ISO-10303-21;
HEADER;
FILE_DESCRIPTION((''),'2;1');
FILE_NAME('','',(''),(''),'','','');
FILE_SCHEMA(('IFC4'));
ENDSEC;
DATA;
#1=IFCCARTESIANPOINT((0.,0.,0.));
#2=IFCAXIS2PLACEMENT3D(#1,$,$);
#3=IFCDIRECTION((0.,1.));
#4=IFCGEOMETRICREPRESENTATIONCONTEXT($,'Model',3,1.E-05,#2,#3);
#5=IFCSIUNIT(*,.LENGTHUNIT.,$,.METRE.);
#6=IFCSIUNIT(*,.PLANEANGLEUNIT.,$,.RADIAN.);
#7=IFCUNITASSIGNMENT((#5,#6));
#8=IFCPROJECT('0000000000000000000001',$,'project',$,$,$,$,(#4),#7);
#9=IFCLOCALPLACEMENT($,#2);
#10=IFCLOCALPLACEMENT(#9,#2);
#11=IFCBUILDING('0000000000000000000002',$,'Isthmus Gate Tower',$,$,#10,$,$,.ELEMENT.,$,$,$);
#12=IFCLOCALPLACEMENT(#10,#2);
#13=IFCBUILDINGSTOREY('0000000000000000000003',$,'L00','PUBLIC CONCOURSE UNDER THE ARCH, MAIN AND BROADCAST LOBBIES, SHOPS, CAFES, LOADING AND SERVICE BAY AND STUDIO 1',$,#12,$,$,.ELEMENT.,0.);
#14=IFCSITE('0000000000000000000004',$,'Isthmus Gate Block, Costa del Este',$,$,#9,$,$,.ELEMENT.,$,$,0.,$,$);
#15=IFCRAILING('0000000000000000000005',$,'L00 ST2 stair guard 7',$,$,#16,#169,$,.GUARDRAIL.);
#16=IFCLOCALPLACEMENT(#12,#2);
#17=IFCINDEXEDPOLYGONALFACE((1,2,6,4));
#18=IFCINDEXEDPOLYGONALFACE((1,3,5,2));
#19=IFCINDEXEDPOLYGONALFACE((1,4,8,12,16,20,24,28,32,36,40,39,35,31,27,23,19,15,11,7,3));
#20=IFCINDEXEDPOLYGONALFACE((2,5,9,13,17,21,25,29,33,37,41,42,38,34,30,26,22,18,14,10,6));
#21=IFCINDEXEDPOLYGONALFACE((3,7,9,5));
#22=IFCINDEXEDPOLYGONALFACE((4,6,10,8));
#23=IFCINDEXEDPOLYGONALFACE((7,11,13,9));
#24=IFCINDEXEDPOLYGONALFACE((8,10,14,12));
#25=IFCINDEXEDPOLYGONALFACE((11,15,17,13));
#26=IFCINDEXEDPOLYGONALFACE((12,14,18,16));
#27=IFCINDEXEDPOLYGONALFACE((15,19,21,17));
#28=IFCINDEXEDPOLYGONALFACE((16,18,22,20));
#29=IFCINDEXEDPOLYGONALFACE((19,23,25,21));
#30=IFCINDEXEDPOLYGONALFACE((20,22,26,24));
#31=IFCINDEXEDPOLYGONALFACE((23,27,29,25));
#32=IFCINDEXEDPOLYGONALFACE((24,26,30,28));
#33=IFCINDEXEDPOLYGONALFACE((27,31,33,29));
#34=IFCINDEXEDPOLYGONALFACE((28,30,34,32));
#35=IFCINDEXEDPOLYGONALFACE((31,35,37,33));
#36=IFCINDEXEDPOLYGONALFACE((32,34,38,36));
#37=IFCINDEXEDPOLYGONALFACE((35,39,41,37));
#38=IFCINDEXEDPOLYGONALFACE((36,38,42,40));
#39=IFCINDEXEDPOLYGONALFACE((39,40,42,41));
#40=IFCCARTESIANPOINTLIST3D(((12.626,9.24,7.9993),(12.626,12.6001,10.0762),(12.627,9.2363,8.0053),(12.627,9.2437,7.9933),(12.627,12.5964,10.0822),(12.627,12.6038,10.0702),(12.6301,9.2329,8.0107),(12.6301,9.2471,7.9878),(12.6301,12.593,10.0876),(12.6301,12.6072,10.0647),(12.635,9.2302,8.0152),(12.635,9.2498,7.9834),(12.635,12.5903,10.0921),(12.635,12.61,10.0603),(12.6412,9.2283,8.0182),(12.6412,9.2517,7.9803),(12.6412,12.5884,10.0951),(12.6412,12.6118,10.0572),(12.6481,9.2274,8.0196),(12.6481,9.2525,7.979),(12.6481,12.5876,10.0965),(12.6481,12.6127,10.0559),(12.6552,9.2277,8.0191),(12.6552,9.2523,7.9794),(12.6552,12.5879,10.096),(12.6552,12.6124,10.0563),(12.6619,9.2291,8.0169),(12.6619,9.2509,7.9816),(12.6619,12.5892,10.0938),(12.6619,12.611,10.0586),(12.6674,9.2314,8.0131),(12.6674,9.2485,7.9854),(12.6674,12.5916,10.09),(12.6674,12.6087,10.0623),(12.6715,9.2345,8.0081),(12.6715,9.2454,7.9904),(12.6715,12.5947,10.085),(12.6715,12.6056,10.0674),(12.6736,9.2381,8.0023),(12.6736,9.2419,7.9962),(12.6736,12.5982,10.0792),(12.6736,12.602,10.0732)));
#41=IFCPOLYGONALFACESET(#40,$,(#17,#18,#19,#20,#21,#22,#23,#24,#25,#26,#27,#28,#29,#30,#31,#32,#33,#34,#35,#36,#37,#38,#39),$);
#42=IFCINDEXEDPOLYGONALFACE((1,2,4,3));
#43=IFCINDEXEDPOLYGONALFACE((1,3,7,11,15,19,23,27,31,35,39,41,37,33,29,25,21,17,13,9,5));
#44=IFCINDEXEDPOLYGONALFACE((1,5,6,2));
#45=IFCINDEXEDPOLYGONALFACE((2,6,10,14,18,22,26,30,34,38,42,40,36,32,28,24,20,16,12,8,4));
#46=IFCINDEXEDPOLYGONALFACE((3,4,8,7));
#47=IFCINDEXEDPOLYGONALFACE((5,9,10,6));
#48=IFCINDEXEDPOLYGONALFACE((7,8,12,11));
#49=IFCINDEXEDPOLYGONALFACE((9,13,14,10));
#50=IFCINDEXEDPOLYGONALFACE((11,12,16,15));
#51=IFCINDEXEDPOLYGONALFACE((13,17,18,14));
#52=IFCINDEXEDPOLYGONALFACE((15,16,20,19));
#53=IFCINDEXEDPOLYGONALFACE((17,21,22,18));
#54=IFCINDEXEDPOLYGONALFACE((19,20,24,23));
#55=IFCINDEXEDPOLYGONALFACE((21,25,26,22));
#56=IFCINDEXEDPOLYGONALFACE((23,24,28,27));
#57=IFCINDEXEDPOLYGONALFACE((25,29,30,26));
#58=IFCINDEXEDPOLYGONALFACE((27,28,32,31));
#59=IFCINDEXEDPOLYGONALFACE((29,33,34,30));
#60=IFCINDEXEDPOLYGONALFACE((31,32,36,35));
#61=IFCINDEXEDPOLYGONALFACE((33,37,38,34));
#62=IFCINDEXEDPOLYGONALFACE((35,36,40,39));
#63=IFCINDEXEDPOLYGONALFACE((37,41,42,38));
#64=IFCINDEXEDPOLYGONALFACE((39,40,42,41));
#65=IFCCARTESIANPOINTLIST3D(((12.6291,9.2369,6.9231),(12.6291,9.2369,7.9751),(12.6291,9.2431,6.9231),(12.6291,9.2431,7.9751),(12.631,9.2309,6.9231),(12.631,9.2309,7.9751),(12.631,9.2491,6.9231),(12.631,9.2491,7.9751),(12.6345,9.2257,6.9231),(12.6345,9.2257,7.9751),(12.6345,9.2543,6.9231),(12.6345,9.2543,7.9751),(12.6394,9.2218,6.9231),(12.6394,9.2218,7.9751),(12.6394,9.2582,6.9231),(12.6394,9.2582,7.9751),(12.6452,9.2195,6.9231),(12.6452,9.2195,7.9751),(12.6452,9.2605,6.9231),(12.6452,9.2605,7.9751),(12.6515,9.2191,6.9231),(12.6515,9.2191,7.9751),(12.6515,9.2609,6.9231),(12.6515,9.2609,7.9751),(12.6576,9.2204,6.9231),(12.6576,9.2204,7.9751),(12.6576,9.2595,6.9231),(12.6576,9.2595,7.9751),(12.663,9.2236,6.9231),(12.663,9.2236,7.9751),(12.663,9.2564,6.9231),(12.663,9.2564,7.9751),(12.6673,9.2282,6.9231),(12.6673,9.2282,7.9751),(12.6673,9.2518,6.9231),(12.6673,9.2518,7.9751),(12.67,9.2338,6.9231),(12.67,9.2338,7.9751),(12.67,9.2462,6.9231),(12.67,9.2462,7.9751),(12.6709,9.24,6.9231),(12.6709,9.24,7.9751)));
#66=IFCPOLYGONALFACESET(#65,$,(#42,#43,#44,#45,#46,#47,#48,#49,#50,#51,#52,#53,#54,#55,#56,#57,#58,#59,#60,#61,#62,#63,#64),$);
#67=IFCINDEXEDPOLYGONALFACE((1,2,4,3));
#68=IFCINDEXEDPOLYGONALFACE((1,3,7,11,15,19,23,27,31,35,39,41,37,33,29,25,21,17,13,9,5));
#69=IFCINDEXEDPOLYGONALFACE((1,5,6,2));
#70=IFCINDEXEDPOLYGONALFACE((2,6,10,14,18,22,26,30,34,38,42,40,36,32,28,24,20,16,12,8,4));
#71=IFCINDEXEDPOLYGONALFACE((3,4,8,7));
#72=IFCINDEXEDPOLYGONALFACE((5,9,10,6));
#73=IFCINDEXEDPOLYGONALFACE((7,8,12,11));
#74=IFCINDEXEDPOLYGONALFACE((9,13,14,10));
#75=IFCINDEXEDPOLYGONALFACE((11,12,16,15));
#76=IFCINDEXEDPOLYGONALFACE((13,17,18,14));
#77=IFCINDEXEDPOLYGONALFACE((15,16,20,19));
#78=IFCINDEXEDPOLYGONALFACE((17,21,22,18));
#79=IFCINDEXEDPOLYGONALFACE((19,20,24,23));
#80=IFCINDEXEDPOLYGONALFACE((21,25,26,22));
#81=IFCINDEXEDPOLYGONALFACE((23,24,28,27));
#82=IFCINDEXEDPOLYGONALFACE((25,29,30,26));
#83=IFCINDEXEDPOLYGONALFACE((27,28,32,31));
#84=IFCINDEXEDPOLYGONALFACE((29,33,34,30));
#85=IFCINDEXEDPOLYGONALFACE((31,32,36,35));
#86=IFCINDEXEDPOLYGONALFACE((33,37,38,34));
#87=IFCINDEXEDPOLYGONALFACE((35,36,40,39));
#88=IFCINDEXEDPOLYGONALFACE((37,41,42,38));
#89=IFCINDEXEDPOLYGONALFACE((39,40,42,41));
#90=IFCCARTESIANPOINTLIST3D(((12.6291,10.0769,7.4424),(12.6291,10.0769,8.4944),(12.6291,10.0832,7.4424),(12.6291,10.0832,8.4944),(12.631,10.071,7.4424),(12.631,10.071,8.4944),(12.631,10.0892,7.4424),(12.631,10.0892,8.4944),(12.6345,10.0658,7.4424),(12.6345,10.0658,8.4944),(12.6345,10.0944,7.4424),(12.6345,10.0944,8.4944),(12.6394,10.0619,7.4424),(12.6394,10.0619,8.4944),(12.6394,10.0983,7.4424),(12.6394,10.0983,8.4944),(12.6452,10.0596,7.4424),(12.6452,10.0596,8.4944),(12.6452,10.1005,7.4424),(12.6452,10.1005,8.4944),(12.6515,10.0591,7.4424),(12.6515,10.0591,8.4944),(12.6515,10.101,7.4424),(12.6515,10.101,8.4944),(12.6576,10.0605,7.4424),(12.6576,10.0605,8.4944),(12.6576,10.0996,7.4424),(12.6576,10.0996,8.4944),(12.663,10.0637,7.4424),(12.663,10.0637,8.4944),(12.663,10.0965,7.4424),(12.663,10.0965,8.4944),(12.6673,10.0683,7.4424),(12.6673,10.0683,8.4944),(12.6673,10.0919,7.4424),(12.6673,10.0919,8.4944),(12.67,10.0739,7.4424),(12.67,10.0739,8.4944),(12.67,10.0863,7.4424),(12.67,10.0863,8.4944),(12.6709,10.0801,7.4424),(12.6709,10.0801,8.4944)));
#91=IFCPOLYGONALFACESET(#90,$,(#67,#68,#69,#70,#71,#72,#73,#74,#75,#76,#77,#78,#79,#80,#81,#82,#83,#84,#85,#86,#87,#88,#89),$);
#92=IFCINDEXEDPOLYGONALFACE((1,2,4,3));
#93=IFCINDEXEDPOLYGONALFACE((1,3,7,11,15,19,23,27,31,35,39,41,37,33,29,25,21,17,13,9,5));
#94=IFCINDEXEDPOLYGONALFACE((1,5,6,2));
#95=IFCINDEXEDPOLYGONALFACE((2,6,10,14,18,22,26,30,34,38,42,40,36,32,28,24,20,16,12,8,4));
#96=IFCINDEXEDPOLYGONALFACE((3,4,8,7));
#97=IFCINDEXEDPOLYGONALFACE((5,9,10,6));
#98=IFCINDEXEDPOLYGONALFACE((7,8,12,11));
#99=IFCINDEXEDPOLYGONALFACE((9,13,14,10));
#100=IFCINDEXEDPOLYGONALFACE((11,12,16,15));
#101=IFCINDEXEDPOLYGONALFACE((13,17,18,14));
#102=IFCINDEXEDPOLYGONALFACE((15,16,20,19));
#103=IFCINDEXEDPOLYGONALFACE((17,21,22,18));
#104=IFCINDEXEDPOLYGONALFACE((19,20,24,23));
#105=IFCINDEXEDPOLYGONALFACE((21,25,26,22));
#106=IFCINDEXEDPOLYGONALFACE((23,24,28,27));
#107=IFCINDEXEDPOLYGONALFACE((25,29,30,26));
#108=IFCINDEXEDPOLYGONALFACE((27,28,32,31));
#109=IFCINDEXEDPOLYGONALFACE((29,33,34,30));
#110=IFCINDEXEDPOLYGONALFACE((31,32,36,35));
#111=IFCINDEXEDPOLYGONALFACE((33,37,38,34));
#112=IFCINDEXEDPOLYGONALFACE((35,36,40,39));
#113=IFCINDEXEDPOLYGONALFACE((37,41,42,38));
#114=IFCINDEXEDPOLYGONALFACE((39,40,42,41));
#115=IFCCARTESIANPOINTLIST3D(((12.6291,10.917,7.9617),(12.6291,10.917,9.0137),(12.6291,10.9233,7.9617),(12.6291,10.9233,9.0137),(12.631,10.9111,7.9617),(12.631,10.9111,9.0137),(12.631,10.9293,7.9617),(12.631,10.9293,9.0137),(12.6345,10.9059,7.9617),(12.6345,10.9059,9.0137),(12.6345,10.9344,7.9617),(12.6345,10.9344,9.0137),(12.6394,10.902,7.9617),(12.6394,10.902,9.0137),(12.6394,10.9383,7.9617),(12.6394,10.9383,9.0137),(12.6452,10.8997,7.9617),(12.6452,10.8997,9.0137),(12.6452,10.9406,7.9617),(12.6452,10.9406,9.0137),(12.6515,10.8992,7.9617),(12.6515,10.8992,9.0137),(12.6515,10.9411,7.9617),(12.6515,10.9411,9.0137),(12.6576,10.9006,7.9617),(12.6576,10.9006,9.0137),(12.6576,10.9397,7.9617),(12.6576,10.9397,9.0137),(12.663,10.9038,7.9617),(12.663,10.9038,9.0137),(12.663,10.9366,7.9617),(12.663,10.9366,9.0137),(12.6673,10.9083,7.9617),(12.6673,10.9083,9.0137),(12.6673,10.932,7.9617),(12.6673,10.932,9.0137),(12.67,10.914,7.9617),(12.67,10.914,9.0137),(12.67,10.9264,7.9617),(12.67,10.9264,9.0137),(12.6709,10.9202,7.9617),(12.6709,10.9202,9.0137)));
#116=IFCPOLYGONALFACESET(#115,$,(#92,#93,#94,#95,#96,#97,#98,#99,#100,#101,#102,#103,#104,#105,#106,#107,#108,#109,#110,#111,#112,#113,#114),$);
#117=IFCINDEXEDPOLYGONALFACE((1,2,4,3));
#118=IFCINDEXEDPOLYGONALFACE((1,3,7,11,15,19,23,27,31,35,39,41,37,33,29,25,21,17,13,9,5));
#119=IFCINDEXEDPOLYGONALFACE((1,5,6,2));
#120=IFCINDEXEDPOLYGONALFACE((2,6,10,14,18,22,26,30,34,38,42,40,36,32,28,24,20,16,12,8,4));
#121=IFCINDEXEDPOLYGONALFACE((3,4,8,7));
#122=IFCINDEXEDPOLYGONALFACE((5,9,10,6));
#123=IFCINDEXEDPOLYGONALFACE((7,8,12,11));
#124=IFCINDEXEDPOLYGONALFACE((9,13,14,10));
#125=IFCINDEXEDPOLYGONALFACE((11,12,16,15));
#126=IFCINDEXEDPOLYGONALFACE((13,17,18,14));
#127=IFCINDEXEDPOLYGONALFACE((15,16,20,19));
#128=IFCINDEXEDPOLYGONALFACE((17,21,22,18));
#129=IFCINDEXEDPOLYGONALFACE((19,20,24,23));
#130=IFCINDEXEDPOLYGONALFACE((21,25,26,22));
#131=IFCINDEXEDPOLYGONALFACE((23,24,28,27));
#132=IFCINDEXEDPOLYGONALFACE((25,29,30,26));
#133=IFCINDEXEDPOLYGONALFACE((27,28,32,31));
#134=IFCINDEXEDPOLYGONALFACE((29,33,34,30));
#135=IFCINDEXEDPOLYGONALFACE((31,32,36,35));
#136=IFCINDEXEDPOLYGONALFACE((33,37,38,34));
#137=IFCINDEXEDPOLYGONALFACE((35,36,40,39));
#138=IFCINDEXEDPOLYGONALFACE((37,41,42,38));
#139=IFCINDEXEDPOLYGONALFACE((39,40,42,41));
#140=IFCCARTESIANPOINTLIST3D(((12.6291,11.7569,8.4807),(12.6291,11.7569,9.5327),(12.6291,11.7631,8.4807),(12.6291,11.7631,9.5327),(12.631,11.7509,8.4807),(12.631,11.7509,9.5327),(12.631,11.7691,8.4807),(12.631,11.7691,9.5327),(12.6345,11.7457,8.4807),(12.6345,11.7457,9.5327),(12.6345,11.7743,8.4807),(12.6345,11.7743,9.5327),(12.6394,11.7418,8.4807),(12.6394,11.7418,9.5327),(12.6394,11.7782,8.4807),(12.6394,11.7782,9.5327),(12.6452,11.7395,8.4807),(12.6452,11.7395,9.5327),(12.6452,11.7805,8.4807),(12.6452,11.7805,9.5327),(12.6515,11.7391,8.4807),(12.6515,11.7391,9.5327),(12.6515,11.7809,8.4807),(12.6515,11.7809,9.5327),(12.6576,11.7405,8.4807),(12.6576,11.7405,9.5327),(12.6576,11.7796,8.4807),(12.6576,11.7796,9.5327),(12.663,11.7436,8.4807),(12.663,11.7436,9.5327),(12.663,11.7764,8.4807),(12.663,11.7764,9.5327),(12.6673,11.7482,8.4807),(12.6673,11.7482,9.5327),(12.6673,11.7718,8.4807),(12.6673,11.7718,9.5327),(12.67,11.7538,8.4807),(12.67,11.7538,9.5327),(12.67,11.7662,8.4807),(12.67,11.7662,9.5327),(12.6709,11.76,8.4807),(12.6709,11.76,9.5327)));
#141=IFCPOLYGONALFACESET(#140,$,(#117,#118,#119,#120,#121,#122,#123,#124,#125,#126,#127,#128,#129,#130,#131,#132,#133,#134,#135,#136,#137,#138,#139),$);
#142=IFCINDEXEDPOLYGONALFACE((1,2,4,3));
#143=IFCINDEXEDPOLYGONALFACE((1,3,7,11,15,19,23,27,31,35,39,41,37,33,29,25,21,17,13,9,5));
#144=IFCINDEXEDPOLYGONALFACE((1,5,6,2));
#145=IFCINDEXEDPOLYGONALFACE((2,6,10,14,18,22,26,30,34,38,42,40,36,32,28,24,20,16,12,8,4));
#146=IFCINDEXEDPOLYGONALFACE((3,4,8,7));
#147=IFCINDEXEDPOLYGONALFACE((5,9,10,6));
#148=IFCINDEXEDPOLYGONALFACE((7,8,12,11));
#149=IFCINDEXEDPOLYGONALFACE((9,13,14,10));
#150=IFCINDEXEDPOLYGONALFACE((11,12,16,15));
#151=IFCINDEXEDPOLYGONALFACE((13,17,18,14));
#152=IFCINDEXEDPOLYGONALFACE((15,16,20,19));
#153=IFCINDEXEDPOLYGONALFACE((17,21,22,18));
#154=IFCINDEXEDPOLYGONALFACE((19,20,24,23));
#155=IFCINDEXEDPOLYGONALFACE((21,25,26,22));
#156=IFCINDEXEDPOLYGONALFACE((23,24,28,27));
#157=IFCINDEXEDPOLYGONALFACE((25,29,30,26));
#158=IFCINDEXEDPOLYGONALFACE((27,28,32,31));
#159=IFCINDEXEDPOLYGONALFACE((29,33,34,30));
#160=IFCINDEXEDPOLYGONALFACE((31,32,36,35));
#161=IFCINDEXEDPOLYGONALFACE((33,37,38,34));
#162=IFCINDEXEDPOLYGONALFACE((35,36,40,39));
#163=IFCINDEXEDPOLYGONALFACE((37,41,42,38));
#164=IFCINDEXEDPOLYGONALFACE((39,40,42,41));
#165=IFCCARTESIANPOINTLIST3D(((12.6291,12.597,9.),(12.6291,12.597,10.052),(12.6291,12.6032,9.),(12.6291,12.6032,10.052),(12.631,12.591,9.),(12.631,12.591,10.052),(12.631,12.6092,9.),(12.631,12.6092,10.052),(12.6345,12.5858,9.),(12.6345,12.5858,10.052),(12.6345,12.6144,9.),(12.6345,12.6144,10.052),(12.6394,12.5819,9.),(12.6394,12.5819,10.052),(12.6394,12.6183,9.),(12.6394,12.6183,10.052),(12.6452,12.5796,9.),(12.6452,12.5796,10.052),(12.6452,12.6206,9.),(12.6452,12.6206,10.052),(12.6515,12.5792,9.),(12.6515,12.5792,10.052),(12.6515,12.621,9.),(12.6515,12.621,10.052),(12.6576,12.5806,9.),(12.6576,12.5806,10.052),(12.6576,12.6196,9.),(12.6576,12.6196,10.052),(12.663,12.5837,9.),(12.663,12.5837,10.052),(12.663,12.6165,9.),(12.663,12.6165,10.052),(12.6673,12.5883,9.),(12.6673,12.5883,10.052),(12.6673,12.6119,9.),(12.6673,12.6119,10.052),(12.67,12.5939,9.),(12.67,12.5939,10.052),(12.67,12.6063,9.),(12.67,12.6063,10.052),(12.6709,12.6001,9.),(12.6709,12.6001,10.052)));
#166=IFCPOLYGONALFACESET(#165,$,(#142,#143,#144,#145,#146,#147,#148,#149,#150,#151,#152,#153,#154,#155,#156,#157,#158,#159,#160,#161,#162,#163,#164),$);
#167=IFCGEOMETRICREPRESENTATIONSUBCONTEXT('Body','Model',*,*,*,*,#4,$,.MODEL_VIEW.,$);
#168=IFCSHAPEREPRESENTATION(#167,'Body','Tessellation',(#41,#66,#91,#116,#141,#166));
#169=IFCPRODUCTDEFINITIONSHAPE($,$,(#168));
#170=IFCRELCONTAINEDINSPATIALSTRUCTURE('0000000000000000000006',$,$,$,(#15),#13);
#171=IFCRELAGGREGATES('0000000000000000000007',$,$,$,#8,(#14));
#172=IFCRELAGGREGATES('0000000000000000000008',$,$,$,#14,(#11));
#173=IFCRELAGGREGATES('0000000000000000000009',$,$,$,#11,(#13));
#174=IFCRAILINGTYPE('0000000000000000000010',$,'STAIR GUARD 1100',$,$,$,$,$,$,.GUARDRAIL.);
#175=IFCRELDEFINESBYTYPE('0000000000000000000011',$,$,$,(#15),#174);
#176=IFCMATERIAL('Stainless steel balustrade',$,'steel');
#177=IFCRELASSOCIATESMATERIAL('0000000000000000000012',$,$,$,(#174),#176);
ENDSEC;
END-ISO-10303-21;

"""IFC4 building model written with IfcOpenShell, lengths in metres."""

from ifc_helpers import new_model, si_unit, direction, frame, origin, origin_2d, place, context, subcontext, project, spatial, circle, extrude, material, type_object, element, save


model = new_model("IFC4")

# Units and contexts
model_context = context("Model", 3, precision=1e-05, world=origin(), true_north=direction((0.0, 1.0)))
body_context = subcontext(model_context, "Body", "Model", "MODEL_VIEW")
ifc_project = project(units=[si_unit("LENGTHUNIT", "METRE"), si_unit("PLANEANGLEUNIT", "RADIAN")], contexts=[model_context])

# Site, building, storey
site_placement = place(None, origin())
site = spatial("IfcSite", under=ifc_project, at=site_placement, Name="Isthmus Gate Block, Costa del Este", CompositionType="ELEMENT", RefElevation=0.0)
building_placement = place(site_placement, origin())
building = spatial("IfcBuilding", under=site, at=building_placement, Name="Isthmus Gate Tower", CompositionType="ELEMENT")
storey_placement = place(building_placement, origin())
storey = spatial("IfcBuildingStorey", under=building, at=storey_placement, Name="L00", Description="PUBLIC CONCOURSE UNDER THE ARCH, MAIN AND BROADCAST LOBBIES, SHOPS, CAFES, LOADING AND SERVICE BAY AND STUDIO 1", CompositionType="ELEMENT", Elevation=0.0)

# Railing
ifc_material_1 = material(Name="Stainless steel balustrade", Category="steel")
railing_type_1 = type_object("IfcRailingType", Name="STAIR GUARD 1100", PredefinedType="GUARDRAIL", material=ifc_material_1)
railing_1_placement = place(storey_placement, frame((12.6499, 9.24, 6.9231)))
element("IfcRailing", 1, at=railing_1_placement, inside=storey, type_object=railing_type_1, Name="L00 ST2 stair guard 7", PredefinedType="GUARDRAIL", context=body_context, shape_type="SweptSolid", body=[
    extrude(circle(Radius=0.0239, at=origin_2d()), frame((0.0, 0.0, 1.0762), z_axis=(0.0, 0.850623, 0.525776), x_axis=(-1.0, 0.0, 0.0)), (0.0, 0.0, 1.0), 3.9502),
    extrude(circle(Radius=0.021, at=origin_2d()), origin(), (0.0, 0.0, 1.0), 1.052),
    extrude(circle(Radius=0.021, at=origin_2d()), frame((0.0, 0.8401, 0.5193)), (0.0, 0.0, 1.0), 1.052),
    extrude(circle(Radius=0.021, at=origin_2d()), frame((0.0, 1.6802, 1.0386)), (0.0, 0.0, 1.0), 1.052),
    extrude(circle(Radius=0.021, at=origin_2d()), frame((0.0, 2.52, 1.5576)), (0.0, 0.0, 1.0), 1.052),
    extrude(circle(Radius=0.021, at=origin_2d()), frame((0.0, 3.3601, 2.0769)), (0.0, 0.0, 1.0), 1.052),
])

save(model, "model.ifc")
